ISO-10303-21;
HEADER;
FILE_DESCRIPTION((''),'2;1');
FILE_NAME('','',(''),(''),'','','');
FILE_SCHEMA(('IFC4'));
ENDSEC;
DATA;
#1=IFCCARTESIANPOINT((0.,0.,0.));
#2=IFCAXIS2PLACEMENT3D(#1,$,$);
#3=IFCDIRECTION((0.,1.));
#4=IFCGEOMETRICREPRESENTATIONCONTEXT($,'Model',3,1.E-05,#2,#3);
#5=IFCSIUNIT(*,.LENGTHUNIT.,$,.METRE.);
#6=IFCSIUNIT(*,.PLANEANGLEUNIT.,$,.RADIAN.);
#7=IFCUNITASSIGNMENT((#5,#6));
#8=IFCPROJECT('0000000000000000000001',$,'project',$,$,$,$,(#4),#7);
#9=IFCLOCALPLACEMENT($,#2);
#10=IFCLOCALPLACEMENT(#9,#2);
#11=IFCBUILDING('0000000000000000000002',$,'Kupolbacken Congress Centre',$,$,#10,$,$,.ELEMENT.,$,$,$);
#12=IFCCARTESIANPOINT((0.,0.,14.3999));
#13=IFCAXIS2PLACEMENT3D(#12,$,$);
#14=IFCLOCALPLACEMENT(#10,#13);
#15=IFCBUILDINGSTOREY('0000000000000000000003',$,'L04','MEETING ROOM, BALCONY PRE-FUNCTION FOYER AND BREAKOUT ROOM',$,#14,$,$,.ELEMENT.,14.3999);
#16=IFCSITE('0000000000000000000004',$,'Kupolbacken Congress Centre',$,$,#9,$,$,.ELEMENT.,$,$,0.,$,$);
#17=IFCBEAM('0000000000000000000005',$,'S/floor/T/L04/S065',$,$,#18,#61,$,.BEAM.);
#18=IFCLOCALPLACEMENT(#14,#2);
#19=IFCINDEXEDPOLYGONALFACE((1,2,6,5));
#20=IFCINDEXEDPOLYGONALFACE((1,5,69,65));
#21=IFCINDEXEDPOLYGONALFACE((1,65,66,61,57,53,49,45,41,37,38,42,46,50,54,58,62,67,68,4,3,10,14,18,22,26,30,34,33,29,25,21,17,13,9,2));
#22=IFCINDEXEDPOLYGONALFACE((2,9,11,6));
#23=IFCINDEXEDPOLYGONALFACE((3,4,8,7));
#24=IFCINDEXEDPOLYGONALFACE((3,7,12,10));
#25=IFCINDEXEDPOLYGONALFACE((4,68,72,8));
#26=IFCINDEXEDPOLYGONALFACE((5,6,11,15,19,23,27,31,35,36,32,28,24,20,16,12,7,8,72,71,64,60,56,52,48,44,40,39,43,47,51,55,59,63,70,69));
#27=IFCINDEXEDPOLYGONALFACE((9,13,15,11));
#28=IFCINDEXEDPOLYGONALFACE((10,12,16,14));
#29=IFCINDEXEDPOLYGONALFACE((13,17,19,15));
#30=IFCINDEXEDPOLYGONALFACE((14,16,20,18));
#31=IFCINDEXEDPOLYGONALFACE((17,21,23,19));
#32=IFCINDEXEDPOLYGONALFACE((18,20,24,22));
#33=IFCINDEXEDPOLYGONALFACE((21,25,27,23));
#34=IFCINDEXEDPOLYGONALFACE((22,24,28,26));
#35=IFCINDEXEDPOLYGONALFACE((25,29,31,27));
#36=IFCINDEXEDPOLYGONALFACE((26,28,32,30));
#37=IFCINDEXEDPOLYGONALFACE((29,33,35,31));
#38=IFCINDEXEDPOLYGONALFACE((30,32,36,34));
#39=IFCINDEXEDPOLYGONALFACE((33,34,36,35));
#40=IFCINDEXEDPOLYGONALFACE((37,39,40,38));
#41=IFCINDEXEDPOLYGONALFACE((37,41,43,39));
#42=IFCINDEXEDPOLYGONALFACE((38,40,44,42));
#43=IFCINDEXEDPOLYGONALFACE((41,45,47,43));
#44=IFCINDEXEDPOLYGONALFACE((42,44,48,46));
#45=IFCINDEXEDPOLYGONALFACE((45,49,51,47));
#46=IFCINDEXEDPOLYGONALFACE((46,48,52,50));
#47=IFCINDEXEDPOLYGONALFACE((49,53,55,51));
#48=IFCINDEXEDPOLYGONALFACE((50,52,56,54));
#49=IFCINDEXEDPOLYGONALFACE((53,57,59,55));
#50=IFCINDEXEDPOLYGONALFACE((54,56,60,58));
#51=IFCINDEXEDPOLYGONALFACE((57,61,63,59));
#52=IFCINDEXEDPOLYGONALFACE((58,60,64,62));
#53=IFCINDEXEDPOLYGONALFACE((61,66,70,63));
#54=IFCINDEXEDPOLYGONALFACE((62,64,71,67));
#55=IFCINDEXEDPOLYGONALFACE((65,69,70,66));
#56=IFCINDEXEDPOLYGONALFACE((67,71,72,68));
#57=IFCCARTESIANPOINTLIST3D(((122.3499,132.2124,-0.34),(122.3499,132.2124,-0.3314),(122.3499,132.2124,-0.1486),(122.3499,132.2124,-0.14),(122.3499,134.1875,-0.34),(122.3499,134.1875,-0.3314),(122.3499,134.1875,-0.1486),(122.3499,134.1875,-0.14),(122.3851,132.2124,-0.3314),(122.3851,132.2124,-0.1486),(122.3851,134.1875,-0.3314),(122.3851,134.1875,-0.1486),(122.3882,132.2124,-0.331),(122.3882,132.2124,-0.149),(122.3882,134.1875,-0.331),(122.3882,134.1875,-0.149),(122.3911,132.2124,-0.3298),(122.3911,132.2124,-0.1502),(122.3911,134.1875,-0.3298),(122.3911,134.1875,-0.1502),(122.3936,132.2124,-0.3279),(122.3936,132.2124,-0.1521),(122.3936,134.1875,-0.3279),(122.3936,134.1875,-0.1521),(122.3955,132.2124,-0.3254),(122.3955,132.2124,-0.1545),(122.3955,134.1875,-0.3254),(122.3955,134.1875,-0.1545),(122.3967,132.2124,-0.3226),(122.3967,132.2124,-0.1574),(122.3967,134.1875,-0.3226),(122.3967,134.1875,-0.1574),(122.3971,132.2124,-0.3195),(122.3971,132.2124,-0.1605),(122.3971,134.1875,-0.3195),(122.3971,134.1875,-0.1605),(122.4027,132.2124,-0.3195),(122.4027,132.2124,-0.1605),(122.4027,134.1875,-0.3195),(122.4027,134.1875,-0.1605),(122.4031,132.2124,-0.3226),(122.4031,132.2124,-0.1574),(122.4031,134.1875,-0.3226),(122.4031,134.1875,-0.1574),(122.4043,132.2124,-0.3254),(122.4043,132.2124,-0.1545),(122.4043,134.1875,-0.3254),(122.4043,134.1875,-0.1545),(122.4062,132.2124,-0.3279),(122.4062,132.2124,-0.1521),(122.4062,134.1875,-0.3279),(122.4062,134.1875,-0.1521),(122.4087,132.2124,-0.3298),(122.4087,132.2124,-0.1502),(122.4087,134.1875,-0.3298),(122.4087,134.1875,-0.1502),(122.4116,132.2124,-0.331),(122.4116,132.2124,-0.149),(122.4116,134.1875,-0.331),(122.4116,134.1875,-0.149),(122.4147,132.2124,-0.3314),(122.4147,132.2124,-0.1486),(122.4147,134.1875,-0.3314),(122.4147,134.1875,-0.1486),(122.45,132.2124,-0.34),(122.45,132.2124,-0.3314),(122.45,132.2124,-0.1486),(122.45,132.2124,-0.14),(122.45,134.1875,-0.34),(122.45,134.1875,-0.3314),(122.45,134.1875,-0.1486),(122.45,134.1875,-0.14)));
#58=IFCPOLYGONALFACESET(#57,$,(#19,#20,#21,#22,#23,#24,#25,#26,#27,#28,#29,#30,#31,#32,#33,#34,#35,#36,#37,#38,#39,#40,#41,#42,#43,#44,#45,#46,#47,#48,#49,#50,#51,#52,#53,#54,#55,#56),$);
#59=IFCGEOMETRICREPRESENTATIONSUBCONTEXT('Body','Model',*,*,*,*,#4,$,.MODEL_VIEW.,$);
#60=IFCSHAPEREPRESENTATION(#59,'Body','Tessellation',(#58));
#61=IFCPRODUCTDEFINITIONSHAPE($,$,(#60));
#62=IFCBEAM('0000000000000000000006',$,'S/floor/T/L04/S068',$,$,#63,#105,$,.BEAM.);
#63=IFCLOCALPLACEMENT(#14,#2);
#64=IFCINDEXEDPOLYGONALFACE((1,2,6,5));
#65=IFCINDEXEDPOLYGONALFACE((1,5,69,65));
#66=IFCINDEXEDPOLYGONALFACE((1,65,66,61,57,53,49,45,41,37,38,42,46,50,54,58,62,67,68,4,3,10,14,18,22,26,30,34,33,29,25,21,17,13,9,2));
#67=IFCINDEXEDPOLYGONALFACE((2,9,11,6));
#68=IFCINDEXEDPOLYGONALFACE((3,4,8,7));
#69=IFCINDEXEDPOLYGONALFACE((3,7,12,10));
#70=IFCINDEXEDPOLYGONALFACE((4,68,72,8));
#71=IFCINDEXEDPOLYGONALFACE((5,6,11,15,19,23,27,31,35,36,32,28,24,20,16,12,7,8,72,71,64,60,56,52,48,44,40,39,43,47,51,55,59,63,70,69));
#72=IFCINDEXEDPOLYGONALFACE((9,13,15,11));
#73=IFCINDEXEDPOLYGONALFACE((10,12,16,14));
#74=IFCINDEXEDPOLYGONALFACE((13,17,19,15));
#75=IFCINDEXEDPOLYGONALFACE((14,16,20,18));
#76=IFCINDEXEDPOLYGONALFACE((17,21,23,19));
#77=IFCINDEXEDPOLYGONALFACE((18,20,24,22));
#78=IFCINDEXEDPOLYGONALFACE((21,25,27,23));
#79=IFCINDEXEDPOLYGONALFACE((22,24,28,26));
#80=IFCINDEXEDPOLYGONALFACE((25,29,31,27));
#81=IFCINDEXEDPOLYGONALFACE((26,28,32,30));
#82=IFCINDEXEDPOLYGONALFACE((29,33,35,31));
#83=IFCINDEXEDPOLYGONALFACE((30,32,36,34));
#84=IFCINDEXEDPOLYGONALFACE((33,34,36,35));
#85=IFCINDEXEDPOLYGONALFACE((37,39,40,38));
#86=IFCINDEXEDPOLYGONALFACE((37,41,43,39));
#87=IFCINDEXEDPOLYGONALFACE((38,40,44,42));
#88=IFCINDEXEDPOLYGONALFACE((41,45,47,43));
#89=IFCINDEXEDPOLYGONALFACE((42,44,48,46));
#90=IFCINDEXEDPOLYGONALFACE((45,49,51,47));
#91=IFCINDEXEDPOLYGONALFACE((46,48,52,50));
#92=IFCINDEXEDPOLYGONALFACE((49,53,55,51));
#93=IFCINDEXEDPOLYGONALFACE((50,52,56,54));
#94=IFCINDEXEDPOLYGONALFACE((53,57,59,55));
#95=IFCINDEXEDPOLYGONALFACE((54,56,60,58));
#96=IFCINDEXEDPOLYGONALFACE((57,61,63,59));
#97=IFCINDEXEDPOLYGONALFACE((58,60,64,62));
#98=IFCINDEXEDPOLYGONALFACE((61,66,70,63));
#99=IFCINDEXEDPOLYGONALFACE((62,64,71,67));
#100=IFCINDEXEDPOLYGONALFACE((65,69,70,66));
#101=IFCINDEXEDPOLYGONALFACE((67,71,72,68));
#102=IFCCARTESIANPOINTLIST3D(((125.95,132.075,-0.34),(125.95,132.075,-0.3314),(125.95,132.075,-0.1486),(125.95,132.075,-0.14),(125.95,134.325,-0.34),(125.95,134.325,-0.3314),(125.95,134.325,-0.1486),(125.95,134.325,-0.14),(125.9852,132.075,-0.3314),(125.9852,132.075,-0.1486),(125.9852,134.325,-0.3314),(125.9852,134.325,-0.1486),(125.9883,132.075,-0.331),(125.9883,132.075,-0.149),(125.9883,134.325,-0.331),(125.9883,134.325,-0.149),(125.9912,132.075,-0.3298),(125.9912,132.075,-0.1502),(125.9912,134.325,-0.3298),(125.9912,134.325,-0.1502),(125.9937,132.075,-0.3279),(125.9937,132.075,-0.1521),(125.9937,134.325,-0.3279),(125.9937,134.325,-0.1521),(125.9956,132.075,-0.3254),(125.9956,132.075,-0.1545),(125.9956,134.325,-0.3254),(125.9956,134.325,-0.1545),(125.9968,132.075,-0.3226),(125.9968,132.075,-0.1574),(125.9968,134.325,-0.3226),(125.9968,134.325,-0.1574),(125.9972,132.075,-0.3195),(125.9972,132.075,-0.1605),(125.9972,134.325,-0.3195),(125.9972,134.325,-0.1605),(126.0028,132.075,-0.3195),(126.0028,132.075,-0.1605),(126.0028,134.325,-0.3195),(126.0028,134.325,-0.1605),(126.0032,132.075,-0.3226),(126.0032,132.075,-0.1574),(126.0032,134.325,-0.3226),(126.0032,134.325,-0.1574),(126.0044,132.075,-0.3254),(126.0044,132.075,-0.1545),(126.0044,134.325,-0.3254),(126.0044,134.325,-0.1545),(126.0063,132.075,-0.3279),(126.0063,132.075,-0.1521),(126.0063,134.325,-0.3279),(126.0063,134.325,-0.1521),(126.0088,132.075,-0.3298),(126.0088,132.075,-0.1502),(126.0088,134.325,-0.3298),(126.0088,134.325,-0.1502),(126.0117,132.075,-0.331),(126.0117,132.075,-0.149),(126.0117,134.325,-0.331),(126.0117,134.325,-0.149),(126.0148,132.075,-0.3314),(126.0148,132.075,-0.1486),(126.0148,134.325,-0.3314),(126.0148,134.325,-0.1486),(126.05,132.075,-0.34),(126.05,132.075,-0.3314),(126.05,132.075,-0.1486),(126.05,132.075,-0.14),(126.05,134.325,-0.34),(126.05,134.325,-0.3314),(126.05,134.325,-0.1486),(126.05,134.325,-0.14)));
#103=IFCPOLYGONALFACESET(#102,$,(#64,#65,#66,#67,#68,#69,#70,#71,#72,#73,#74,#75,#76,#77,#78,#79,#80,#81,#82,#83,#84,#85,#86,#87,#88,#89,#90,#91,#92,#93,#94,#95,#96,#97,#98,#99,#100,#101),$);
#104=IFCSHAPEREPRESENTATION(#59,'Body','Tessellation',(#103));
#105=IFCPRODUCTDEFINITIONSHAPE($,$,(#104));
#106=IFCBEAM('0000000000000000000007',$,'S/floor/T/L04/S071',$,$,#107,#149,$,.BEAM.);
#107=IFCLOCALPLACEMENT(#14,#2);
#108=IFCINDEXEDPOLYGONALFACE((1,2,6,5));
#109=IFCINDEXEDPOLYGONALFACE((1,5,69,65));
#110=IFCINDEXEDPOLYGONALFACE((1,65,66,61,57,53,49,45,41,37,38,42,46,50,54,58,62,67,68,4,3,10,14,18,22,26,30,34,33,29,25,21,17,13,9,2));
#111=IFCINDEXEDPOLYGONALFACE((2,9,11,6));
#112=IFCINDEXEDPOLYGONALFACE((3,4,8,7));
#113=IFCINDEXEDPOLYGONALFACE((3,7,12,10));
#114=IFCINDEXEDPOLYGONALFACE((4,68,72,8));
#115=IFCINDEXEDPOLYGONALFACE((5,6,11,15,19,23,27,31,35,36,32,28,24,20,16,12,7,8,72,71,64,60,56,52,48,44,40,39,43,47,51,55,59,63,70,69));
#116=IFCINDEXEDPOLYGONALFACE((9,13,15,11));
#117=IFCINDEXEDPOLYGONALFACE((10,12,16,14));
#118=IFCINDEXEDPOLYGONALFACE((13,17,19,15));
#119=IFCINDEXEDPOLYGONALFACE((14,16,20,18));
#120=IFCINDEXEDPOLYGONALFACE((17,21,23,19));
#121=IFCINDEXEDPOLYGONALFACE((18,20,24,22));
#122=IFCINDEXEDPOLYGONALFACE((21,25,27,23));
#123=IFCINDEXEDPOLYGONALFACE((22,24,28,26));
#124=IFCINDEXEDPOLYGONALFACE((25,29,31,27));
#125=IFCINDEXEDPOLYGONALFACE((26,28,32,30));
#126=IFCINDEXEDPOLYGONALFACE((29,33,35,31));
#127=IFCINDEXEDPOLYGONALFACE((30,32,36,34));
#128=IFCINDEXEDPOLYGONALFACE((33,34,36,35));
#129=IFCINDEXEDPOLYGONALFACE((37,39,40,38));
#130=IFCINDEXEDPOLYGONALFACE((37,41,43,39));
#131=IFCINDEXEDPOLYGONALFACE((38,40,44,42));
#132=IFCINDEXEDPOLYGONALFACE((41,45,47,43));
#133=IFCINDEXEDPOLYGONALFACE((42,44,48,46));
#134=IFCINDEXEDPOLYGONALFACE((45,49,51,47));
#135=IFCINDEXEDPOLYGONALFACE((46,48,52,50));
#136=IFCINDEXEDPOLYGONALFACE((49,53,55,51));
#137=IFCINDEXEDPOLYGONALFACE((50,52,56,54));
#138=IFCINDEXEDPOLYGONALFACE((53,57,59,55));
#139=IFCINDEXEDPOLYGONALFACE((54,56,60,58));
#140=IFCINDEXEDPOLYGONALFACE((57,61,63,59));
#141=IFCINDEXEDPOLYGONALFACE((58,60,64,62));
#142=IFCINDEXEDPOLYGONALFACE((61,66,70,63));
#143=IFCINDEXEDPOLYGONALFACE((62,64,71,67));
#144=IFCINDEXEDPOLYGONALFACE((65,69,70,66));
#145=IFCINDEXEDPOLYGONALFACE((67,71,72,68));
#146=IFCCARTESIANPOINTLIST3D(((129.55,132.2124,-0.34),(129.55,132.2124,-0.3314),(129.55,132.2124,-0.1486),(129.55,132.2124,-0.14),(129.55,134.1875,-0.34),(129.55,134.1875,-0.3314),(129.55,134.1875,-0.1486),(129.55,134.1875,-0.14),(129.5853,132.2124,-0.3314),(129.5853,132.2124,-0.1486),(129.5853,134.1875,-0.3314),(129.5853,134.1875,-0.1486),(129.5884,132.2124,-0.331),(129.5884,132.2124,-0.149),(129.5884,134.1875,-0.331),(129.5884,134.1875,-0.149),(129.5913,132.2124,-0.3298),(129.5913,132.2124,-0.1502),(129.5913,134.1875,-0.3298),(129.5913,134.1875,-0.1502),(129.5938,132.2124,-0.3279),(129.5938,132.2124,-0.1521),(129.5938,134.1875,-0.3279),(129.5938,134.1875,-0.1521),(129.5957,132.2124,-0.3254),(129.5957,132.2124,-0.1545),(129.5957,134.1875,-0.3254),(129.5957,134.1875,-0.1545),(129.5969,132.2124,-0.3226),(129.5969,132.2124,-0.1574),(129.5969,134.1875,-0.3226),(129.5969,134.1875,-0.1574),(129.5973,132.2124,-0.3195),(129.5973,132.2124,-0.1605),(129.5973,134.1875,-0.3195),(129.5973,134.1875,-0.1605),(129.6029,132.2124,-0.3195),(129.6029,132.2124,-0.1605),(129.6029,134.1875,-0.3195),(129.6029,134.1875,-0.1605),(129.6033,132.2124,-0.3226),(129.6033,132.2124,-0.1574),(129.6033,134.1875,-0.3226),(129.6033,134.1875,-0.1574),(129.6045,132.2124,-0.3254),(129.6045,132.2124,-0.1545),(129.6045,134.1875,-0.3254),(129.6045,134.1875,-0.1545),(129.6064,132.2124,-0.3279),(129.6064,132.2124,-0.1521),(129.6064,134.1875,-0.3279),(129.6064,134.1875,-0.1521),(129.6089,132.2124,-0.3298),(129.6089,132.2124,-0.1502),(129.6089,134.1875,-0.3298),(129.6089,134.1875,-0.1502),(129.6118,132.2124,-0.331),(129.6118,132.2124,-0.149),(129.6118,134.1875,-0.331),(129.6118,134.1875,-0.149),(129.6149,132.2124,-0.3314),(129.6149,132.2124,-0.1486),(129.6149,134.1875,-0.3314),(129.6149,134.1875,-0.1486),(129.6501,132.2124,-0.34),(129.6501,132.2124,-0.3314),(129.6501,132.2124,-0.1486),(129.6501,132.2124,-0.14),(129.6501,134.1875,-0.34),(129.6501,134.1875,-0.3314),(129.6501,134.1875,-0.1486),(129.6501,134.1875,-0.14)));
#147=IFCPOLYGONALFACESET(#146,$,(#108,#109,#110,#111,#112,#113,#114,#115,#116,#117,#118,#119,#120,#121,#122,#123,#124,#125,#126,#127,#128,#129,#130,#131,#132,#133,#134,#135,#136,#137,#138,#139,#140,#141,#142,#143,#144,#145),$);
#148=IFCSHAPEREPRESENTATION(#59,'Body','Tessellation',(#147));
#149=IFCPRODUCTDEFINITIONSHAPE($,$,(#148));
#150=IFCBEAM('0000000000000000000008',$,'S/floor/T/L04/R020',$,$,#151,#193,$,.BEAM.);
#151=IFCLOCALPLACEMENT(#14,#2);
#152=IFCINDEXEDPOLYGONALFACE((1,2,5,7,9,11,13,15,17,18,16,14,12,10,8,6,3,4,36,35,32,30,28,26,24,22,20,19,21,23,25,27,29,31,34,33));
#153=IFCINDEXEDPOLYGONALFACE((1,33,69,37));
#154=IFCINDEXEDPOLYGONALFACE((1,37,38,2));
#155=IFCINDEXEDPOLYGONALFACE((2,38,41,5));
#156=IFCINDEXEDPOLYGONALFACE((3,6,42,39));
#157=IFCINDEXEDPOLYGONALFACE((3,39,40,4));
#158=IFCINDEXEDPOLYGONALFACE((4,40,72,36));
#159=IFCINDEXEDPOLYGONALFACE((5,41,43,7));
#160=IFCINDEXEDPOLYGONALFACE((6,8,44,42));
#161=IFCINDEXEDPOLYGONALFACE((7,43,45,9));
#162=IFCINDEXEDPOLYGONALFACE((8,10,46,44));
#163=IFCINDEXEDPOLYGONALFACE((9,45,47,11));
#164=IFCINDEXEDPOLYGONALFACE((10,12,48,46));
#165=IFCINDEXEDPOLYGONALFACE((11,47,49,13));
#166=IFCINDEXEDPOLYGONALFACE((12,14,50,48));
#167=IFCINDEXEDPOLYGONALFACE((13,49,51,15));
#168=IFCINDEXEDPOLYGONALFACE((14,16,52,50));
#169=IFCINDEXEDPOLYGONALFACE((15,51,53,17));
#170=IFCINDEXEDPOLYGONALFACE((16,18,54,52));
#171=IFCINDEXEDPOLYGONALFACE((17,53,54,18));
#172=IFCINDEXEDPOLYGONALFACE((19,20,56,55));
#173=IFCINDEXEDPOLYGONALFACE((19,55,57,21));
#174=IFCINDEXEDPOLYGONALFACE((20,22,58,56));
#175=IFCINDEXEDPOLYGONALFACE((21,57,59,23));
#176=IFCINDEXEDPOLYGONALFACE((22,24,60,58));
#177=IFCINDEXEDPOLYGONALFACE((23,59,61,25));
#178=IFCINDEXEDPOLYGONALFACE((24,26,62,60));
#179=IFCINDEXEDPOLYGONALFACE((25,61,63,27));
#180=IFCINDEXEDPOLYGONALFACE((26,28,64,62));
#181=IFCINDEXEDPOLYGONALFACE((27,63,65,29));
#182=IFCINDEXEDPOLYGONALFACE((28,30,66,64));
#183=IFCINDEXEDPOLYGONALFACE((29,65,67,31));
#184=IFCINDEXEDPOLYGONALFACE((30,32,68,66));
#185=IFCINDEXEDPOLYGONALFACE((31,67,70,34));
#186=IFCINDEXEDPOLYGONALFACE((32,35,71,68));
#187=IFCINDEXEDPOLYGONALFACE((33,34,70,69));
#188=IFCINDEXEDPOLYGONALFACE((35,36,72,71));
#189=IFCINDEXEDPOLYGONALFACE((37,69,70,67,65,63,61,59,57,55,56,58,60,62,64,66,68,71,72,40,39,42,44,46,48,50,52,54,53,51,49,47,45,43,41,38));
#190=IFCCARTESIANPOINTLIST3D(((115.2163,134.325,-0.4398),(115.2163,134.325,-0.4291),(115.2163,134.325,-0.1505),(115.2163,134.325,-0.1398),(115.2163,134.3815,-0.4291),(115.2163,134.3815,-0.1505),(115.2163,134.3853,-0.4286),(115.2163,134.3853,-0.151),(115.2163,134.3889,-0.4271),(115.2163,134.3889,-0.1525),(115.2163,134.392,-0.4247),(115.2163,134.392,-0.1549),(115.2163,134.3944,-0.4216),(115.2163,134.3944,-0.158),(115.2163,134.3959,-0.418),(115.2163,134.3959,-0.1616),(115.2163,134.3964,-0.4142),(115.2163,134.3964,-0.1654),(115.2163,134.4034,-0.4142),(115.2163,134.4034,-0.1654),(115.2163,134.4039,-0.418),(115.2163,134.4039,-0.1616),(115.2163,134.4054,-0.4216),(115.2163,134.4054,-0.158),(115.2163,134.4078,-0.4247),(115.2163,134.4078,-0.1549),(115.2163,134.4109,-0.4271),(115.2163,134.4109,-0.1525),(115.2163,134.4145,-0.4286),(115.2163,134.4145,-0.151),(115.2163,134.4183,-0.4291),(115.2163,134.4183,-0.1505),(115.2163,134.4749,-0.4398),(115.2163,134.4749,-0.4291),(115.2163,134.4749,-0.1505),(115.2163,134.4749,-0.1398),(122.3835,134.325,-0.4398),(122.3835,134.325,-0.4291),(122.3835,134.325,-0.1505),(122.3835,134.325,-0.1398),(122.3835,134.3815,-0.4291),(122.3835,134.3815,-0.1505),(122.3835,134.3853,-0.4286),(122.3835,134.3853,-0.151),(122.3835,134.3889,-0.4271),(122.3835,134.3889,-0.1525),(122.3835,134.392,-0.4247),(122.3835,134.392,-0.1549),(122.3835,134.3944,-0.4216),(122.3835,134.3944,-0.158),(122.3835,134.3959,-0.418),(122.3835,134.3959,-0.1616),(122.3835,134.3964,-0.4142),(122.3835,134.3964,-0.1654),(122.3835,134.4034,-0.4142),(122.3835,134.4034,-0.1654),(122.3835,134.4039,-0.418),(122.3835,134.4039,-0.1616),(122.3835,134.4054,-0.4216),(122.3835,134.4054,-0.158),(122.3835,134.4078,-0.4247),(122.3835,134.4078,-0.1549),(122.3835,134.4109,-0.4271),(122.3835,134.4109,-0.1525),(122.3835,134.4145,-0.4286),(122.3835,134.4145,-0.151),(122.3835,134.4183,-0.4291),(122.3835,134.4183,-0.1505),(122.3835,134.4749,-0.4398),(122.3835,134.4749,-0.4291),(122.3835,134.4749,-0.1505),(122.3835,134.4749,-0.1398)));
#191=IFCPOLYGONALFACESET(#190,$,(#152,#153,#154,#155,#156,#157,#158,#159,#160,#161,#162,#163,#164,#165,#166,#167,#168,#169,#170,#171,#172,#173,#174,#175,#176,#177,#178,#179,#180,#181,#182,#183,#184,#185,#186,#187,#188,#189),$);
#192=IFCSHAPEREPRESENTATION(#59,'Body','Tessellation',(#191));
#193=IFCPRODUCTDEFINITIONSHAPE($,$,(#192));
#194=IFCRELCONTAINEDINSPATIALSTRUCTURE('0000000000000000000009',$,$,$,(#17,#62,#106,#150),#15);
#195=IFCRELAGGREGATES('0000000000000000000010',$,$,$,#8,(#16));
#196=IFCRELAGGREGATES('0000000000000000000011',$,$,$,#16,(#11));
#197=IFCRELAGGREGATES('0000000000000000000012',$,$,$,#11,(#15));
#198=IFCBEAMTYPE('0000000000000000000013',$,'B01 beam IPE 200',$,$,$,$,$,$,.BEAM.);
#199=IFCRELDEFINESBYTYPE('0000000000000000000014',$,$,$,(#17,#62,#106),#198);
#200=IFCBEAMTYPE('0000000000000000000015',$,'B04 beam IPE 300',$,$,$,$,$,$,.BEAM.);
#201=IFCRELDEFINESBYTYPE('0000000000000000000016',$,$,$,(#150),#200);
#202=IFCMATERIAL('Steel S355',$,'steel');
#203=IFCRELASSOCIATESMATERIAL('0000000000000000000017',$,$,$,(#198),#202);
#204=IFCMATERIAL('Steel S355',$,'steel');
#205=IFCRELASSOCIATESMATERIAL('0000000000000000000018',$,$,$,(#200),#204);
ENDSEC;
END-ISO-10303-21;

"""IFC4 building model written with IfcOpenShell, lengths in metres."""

from ifc_helpers import new_model, si_unit, direction, frame, origin, origin_2d, place, context, subcontext, project, spatial, i_section, extrude, material, material_profile, profile_set, type_object, element, save


model = new_model("IFC4")

# Units and contexts
model_context = context("Model", 3, precision=1e-05, world=origin(), true_north=direction((0.0, 1.0)))
body_context = subcontext(model_context, "Body", "Model", "MODEL_VIEW")
ifc_project = project(units=[si_unit("LENGTHUNIT", "METRE"), si_unit("PLANEANGLEUNIT", "RADIAN")], contexts=[model_context])

# Site, building, storey
site_placement = place(None, origin())
site = spatial("IfcSite", under=ifc_project, at=site_placement, Name="Kupolbacken Congress Centre", CompositionType="ELEMENT", RefElevation=0.0)
building_placement = place(site_placement, origin())
building = spatial("IfcBuilding", under=site, at=building_placement, Name="Kupolbacken Congress Centre", CompositionType="ELEMENT")
storey_placement = place(building_placement, frame((0.0, 0.0, 14.3999)))
storey = spatial("IfcBuildingStorey", under=building, at=storey_placement, Name="L04", Description="MEETING ROOM, BALCONY PRE-FUNCTION FOYER AND BREAKOUT ROOM", CompositionType="ELEMENT", Elevation=14.3999)

# Beams
ifc_material_1 = material(Name="Steel S355", Category="steel")
ifc_material_profile_1 = material_profile(ifc_material_1, i_section(OverallWidth=0.1001, OverallDepth=0.2, WebThickness=0.0056, FlangeThickness=0.0085, FilletRadius=0.012, at=origin_2d()), Name="IPE 200")
ifc_profile_set_1 = profile_set([ifc_material_profile_1], Name="Steel S355")
beam_type_1 = type_object("IfcBeamType", Name="B01 beam IPE 200", PredefinedType="BEAM", material=ifc_profile_set_1)
beam_1_placement = place(storey_placement, frame((122.3999, 132.2124, -0.24), z_axis=(0.0, 1.0, 0.0), x_axis=(-1.0, 0.0, 0.0)))
element("IfcBeam", 1, at=beam_1_placement, inside=storey, type_object=beam_type_1, Name="S/floor/T/L04/S065", PredefinedType="BEAM", context=body_context, shape_type="SweptSolid", body=[
    extrude(i_section(OverallWidth=0.1001, OverallDepth=0.2, WebThickness=0.0056, FlangeThickness=0.0085, FilletRadius=0.012, at=origin_2d()), origin(), (0.0, 0.0, 1.0), 1.9751),
])
beam_2_placement = place(storey_placement, frame((126.0, 132.075, -0.24), z_axis=(0.0, 1.0, 0.0), x_axis=(-1.0, 0.0, 0.0)))
element("IfcBeam", 2, at=beam_2_placement, inside=storey, type_object=beam_type_1, Name="S/floor/T/L04/S068", PredefinedType="BEAM", context=body_context, shape_type="SweptSolid", body=[
    extrude(i_section(OverallWidth=0.1001, OverallDepth=0.2, WebThickness=0.0056, FlangeThickness=0.0085, FilletRadius=0.012, at=origin_2d()), origin(), (0.0, 0.0, 1.0), 2.25),
])
beam_3_placement = place(storey_placement, frame((129.6001, 132.2124, -0.24), z_axis=(0.0, 1.0, 0.0), x_axis=(-1.0, 0.0, 0.0)))
element("IfcBeam", 3, at=beam_3_placement, inside=storey, type_object=beam_type_1, Name="S/floor/T/L04/S071", PredefinedType="BEAM", context=body_context, shape_type="SweptSolid", body=[
    extrude(i_section(OverallWidth=0.1001, OverallDepth=0.2, WebThickness=0.0056, FlangeThickness=0.0085, FilletRadius=0.012, at=origin_2d()), origin(), (0.0, 0.0, 1.0), 1.9751),
])
ifc_material_2 = material(Name="Steel S355", Category="steel")
ifc_material_profile_2 = material_profile(ifc_material_2, i_section(OverallWidth=0.1499, OverallDepth=0.3, WebThickness=0.0071, FlangeThickness=0.0107, FilletRadius=0.0149, at=origin_2d()), Name="IPE 300")
ifc_profile_set_2 = profile_set([ifc_material_profile_2], Name="Steel S355")
beam_type_2 = type_object("IfcBeamType", Name="B04 beam IPE 300", PredefinedType="BEAM", material=ifc_profile_set_2)
beam_4_placement = place(storey_placement, frame((115.2163, 134.3999, -0.2898), z_axis=(1.0, 0.0, 0.0), x_axis=(0.0, 1.0, 0.0)))
element("IfcBeam", 4, at=beam_4_placement, inside=storey, type_object=beam_type_2, Name="S/floor/T/L04/R020", PredefinedType="BEAM", context=body_context, shape_type="SweptSolid", body=[
    extrude(i_section(OverallWidth=0.1499, OverallDepth=0.3, WebThickness=0.0071, FlangeThickness=0.0107, FilletRadius=0.0149, at=origin_2d()), origin(), (0.0, 0.0, 1.0), 7.1672),
])

save(model, "model.ifc")
